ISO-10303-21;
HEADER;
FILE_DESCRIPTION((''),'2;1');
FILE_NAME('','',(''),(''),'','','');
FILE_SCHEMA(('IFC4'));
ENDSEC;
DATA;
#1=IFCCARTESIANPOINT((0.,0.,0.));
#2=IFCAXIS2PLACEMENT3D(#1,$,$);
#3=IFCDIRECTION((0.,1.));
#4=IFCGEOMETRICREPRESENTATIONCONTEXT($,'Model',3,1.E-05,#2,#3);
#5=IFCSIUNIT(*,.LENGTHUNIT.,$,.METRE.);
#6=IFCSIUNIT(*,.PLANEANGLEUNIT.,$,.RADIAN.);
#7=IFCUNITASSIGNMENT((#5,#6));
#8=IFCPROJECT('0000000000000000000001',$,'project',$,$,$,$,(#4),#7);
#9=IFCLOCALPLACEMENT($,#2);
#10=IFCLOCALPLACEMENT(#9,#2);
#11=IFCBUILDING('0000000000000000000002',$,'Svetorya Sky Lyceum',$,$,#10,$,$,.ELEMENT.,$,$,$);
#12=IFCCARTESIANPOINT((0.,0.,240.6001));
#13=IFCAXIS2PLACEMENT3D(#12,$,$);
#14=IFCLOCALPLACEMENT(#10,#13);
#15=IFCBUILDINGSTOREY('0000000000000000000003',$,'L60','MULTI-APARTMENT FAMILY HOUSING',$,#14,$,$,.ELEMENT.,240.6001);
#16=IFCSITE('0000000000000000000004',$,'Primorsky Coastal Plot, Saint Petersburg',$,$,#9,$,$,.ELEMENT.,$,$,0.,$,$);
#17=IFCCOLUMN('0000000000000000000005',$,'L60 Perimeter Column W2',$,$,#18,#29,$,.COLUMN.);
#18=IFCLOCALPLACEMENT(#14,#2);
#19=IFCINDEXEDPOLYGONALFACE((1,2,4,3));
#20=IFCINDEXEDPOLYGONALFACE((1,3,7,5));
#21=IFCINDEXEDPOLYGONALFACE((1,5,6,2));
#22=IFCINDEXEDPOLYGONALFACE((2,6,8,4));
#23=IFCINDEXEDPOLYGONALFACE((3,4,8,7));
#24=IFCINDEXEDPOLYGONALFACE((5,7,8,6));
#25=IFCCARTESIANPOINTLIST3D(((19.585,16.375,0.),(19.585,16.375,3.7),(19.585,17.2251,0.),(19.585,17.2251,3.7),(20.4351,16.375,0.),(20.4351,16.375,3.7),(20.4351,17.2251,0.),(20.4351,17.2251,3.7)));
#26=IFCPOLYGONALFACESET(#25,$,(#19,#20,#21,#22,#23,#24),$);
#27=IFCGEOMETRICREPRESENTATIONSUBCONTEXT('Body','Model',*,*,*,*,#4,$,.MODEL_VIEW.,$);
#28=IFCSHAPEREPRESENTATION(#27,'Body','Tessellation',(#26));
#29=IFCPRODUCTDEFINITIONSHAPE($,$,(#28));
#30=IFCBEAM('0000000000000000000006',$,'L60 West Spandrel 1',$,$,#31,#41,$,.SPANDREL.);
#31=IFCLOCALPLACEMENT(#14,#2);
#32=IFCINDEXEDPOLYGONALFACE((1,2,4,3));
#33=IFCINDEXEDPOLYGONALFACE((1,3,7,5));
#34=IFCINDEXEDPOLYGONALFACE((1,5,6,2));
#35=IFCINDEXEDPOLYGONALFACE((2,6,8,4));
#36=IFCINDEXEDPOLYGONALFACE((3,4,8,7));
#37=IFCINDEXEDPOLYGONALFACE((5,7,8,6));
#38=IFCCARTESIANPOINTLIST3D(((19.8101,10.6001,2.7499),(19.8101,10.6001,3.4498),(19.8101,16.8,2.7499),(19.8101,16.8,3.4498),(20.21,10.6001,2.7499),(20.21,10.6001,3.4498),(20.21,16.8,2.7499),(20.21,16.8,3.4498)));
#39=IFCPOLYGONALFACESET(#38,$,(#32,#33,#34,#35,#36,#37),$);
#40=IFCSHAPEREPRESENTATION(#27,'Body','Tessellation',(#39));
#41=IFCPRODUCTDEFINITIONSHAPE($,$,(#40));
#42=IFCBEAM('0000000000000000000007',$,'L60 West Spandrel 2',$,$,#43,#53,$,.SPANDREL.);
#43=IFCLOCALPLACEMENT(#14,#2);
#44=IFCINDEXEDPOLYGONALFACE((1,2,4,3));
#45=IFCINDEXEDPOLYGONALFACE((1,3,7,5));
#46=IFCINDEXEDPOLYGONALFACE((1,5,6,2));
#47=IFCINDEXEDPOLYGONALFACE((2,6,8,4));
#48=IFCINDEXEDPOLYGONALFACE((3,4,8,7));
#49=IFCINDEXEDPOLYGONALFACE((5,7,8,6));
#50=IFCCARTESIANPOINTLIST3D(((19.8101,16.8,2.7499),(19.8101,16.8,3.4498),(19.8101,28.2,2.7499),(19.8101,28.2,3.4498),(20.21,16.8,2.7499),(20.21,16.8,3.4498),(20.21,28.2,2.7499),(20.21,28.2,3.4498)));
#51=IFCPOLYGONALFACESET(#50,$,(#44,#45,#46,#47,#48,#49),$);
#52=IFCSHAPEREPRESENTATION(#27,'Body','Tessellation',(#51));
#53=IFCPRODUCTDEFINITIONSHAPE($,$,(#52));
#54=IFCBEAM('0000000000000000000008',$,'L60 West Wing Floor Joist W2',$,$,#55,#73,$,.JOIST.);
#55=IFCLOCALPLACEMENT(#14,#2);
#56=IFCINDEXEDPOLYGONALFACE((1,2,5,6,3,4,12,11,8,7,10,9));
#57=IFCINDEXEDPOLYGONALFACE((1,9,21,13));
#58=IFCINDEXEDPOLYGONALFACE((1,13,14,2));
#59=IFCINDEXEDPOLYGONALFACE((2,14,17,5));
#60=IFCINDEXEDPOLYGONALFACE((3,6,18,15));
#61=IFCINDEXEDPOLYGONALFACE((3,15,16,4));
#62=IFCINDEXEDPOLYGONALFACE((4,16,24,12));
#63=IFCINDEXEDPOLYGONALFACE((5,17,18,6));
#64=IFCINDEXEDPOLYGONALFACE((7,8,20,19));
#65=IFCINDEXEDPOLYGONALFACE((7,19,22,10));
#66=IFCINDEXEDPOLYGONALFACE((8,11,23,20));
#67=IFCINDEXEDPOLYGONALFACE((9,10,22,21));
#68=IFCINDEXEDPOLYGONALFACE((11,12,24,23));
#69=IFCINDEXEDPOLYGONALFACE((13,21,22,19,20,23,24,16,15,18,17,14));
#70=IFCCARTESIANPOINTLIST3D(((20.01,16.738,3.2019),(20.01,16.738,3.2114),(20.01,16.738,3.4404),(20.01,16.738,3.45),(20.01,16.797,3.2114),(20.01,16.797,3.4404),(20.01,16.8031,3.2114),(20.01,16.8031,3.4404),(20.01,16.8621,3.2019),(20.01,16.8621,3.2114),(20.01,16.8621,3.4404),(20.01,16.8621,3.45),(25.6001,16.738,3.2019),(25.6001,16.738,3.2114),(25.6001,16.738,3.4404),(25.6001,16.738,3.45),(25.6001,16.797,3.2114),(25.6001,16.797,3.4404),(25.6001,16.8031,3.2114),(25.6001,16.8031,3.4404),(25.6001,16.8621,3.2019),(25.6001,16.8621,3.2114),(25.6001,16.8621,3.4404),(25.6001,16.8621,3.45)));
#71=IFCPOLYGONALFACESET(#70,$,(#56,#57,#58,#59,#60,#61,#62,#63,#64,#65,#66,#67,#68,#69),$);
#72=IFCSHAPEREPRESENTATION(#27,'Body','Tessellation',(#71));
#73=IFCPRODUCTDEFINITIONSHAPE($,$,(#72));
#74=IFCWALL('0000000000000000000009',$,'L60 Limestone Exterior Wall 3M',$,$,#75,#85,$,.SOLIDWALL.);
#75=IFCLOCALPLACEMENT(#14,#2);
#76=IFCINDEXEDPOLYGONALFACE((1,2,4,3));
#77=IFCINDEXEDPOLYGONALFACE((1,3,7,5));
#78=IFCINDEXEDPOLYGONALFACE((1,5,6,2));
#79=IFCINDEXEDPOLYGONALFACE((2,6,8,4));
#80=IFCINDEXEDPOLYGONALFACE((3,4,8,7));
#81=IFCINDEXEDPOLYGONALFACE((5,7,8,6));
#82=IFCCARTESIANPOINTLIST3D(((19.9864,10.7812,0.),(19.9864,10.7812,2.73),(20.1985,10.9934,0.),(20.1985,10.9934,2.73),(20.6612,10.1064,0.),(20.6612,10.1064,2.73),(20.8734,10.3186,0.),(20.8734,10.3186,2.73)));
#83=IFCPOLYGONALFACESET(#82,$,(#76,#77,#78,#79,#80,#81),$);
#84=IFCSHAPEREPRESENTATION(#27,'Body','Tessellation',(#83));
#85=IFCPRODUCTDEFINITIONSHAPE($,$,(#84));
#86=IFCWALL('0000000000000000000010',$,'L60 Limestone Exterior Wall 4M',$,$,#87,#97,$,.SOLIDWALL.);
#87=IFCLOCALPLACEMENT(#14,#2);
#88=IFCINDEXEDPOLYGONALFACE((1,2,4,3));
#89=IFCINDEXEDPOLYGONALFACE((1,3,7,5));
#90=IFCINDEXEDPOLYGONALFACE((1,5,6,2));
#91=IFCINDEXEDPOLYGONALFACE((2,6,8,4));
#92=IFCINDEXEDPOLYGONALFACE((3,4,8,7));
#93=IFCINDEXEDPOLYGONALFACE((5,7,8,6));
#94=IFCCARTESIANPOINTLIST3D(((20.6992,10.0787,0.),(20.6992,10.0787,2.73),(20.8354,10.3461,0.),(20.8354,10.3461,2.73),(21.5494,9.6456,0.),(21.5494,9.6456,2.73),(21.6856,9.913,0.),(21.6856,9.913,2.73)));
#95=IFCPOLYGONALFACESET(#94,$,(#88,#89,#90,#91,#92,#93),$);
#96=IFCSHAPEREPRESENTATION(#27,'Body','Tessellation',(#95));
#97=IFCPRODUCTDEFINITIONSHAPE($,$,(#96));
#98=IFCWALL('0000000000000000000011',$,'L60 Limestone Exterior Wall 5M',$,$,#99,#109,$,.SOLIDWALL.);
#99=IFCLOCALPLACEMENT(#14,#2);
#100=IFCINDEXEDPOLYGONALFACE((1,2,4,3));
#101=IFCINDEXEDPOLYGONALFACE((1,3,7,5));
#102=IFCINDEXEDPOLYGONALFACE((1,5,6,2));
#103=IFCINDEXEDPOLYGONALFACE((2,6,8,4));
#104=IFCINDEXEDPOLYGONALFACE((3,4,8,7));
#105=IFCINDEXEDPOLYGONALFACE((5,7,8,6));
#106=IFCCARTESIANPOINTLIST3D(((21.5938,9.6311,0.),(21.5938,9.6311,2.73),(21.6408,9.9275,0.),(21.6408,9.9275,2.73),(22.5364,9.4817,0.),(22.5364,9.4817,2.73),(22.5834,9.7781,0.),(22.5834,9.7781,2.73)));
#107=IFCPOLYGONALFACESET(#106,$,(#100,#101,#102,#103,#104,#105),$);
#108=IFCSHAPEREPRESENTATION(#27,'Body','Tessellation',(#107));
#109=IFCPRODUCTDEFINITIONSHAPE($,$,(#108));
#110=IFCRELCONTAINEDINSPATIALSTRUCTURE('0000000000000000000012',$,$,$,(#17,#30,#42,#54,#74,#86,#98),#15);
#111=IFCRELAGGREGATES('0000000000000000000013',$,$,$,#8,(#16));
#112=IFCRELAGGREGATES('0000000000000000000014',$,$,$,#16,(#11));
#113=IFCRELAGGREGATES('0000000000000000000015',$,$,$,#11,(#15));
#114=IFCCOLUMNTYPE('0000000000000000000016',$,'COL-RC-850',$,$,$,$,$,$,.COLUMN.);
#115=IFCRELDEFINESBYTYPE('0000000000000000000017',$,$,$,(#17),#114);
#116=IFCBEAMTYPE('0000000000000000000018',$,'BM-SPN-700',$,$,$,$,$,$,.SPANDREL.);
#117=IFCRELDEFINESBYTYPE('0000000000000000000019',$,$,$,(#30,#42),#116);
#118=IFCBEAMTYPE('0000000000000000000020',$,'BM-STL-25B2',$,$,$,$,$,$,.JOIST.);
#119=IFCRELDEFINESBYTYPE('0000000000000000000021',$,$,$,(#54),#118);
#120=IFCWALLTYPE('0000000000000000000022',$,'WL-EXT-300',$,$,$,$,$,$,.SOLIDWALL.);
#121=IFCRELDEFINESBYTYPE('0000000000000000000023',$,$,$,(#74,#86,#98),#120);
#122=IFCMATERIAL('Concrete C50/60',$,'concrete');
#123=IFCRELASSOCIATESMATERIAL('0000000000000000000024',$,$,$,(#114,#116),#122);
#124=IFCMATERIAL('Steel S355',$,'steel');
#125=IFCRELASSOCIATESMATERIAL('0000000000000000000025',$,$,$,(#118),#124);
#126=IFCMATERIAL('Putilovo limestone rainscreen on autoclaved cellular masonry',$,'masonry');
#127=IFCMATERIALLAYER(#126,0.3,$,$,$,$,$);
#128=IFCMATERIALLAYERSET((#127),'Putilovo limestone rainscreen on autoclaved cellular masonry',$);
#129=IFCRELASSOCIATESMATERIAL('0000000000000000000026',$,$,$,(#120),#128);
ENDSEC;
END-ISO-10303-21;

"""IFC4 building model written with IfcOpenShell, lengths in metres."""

from ifc_helpers import new_model, si_unit, direction, frame, frame_2d, origin, origin_2d, place, context, subcontext, project, spatial, rectangle, i_section, extrude, material, layer, layer_set, material_profile, profile_set, type_object, element, save


model = new_model("IFC4")

# Units and contexts
model_context = context("Model", 3, precision=1e-05, world=origin(), true_north=direction((0.0, 1.0)))
body_context = subcontext(model_context, "Body", "Model", "MODEL_VIEW")
ifc_project = project(units=[si_unit("LENGTHUNIT", "METRE"), si_unit("PLANEANGLEUNIT", "RADIAN")], contexts=[model_context])

# Site, building, storey
site_placement = place(None, origin())
site = spatial("IfcSite", under=ifc_project, at=site_placement, Name="Primorsky Coastal Plot, Saint Petersburg", CompositionType="ELEMENT", RefElevation=0.0)
building_placement = place(site_placement, origin())
building = spatial("IfcBuilding", under=site, at=building_placement, Name="Svetorya Sky Lyceum", CompositionType="ELEMENT")
storey_placement = place(building_placement, frame((0.0, 0.0, 240.6001)))
storey = spatial("IfcBuildingStorey", under=building, at=storey_placement, Name="L60", Description="MULTI-APARTMENT FAMILY HOUSING", CompositionType="ELEMENT", Elevation=240.6001)

# Column
ifc_material_1 = material(Name="Concrete C50/60", Category="concrete")
ifc_material_profile_1 = material_profile(ifc_material_1, rectangle(XDim=0.8501, YDim=0.8501, at=origin_2d()), Name="RC COL 850x850")
ifc_profile_set_1 = profile_set([ifc_material_profile_1], Name="Concrete C50/60")
column_type = type_object("IfcColumnType", Name="COL-RC-850", PredefinedType="COLUMN", material=ifc_profile_set_1)
column_placement = place(storey_placement, frame((20.01, 16.8, 0.0), z_axis=(0.0, 0.0, 1.0), x_axis=(1.0, 0.0, 0.0)))
element("IfcColumn", 1, at=column_placement, inside=storey, type_object=column_type, Name="L60 Perimeter Column W2", PredefinedType="COLUMN", context=body_context, shape_type="SweptSolid", body=[
    extrude(rectangle(XDim=0.8501, YDim=0.8501, at=origin_2d()), origin(), (0.0, 0.0, 1.0), 3.7),
])

# Beams
ifc_material_profile_2 = material_profile(ifc_material_1, rectangle(XDim=0.3999, YDim=0.7, at=origin_2d()), Name="RC SPANDREL 400x700")
ifc_profile_set_2 = profile_set([ifc_material_profile_2], Name="Concrete C50/60")
beam_type_1 = type_object("IfcBeamType", Name="BM-SPN-700", PredefinedType="SPANDREL", material=ifc_profile_set_2)
beam_1_placement = place(storey_placement, frame((20.01, 10.6001, 3.0999), z_axis=(0.0, 1.0, 0.0), x_axis=(-1.0, 0.0, 0.0)))
element("IfcBeam", 2, at=beam_1_placement, inside=storey, type_object=beam_type_1, Name="L60 West Spandrel 1", PredefinedType="SPANDREL", context=body_context, shape_type="SweptSolid", body=[
    extrude(rectangle(XDim=0.3999, YDim=0.7, at=origin_2d()), origin(), (0.0, 0.0, 1.0), 6.2),
])
beam_2_placement = place(storey_placement, frame((20.01, 16.8, 3.0999), z_axis=(0.0, 1.0, 0.0), x_axis=(-1.0, 0.0, 0.0)))
element("IfcBeam", 3, at=beam_2_placement, inside=storey, type_object=beam_type_1, Name="L60 West Spandrel 2", PredefinedType="SPANDREL", context=body_context, shape_type="SweptSolid", body=[
    extrude(rectangle(XDim=0.3999, YDim=0.7, at=origin_2d()), origin(), (0.0, 0.0, 1.0), 11.3999),
])
ifc_material_2 = material(Name="Steel S355", Category="steel")
ifc_material_profile_3 = material_profile(ifc_material_2, i_section(OverallWidth=0.124, OverallDepth=0.248, WebThickness=0.0061, FlangeThickness=0.0095, at=origin_2d()), Name="GOST 25B2")
ifc_profile_set_3 = profile_set([ifc_material_profile_3], Name="Steel S355")
beam_type_2 = type_object("IfcBeamType", Name="BM-STL-25B2", PredefinedType="JOIST", material=ifc_profile_set_3)
beam_3_placement = place(storey_placement, frame((20.01, 16.8, 3.3259), z_axis=(1.0, 0.0, 0.0), x_axis=(0.0, 1.0, 0.0)))
element("IfcBeam", 4, at=beam_3_placement, inside=storey, type_object=beam_type_2, Name="L60 West Wing Floor Joist W2", PredefinedType="JOIST", context=body_context, shape_type="SweptSolid", body=[
    extrude(i_section(OverallWidth=0.124, OverallDepth=0.248, WebThickness=0.0061, FlangeThickness=0.0095, at=origin_2d()), origin(), (0.0, 0.0, 1.0), 5.5901),
])

# Walls
ifc_material_3 = material(Name="Putilovo limestone rainscreen on autoclaved cellular masonry", Category="masonry")
ifc_layer_1 = layer(ifc_material_3, 0.3)
ifc_layer_set_1 = layer_set([ifc_layer_1], Name="Putilovo limestone rainscreen on autoclaved cellular masonry")
wall_type_1 = type_object("IfcWallType", Name="WL-EXT-300", PredefinedType="SOLIDWALL", material=ifc_layer_set_1)
wall_1_placement = place(storey_placement, frame((20.0925, 10.8872, 0.0), z_axis=(0.0, 0.0, 1.0), x_axis=(0.707107, -0.707107, 0.0)))
element("IfcWall", 5, at=wall_1_placement, inside=storey, type_object=wall_type_1, Name="L60 Limestone Exterior Wall 3M", PredefinedType="SOLIDWALL", context=body_context, shape_type="SweptSolid", body=[
    extrude(rectangle(XDim=0.9543, YDim=0.3, at=frame_2d((0.4771, 0.0))), origin(), (0.0, 0.0, 1.0), 2.73),
])
wall_2_placement = place(storey_placement, frame((20.7673, 10.2124, 0.0), z_axis=(0.0, 0.0, 1.0), x_axis=(0.891024, -0.453956, 0.0)))
element("IfcWall", 6, at=wall_2_placement, inside=storey, type_object=wall_type_1, Name="L60 Limestone Exterior Wall 4M", PredefinedType="SOLIDWALL", context=body_context, shape_type="SweptSolid", body=[
    extrude(rectangle(XDim=0.9541, YDim=0.3, at=frame_2d((0.4771, 0.0))), origin(), (0.0, 0.0, 1.0), 2.73),
])
wall_3_placement = place(storey_placement, frame((21.6174, 9.7793, 0.0), z_axis=(0.0, 0.0, 1.0), x_axis=(0.987669, -0.156554, 0.0)))
element("IfcWall", 7, at=wall_3_placement, inside=storey, type_object=wall_type_1, Name="L60 Limestone Exterior Wall 5M", PredefinedType="SOLIDWALL", context=body_context, shape_type="SweptSolid", body=[
    extrude(rectangle(XDim=0.9543, YDim=0.3, at=frame_2d((0.4771, 0.0))), origin(), (0.0, 0.0, 1.0), 2.73),
])

save(model, "model.ifc")
